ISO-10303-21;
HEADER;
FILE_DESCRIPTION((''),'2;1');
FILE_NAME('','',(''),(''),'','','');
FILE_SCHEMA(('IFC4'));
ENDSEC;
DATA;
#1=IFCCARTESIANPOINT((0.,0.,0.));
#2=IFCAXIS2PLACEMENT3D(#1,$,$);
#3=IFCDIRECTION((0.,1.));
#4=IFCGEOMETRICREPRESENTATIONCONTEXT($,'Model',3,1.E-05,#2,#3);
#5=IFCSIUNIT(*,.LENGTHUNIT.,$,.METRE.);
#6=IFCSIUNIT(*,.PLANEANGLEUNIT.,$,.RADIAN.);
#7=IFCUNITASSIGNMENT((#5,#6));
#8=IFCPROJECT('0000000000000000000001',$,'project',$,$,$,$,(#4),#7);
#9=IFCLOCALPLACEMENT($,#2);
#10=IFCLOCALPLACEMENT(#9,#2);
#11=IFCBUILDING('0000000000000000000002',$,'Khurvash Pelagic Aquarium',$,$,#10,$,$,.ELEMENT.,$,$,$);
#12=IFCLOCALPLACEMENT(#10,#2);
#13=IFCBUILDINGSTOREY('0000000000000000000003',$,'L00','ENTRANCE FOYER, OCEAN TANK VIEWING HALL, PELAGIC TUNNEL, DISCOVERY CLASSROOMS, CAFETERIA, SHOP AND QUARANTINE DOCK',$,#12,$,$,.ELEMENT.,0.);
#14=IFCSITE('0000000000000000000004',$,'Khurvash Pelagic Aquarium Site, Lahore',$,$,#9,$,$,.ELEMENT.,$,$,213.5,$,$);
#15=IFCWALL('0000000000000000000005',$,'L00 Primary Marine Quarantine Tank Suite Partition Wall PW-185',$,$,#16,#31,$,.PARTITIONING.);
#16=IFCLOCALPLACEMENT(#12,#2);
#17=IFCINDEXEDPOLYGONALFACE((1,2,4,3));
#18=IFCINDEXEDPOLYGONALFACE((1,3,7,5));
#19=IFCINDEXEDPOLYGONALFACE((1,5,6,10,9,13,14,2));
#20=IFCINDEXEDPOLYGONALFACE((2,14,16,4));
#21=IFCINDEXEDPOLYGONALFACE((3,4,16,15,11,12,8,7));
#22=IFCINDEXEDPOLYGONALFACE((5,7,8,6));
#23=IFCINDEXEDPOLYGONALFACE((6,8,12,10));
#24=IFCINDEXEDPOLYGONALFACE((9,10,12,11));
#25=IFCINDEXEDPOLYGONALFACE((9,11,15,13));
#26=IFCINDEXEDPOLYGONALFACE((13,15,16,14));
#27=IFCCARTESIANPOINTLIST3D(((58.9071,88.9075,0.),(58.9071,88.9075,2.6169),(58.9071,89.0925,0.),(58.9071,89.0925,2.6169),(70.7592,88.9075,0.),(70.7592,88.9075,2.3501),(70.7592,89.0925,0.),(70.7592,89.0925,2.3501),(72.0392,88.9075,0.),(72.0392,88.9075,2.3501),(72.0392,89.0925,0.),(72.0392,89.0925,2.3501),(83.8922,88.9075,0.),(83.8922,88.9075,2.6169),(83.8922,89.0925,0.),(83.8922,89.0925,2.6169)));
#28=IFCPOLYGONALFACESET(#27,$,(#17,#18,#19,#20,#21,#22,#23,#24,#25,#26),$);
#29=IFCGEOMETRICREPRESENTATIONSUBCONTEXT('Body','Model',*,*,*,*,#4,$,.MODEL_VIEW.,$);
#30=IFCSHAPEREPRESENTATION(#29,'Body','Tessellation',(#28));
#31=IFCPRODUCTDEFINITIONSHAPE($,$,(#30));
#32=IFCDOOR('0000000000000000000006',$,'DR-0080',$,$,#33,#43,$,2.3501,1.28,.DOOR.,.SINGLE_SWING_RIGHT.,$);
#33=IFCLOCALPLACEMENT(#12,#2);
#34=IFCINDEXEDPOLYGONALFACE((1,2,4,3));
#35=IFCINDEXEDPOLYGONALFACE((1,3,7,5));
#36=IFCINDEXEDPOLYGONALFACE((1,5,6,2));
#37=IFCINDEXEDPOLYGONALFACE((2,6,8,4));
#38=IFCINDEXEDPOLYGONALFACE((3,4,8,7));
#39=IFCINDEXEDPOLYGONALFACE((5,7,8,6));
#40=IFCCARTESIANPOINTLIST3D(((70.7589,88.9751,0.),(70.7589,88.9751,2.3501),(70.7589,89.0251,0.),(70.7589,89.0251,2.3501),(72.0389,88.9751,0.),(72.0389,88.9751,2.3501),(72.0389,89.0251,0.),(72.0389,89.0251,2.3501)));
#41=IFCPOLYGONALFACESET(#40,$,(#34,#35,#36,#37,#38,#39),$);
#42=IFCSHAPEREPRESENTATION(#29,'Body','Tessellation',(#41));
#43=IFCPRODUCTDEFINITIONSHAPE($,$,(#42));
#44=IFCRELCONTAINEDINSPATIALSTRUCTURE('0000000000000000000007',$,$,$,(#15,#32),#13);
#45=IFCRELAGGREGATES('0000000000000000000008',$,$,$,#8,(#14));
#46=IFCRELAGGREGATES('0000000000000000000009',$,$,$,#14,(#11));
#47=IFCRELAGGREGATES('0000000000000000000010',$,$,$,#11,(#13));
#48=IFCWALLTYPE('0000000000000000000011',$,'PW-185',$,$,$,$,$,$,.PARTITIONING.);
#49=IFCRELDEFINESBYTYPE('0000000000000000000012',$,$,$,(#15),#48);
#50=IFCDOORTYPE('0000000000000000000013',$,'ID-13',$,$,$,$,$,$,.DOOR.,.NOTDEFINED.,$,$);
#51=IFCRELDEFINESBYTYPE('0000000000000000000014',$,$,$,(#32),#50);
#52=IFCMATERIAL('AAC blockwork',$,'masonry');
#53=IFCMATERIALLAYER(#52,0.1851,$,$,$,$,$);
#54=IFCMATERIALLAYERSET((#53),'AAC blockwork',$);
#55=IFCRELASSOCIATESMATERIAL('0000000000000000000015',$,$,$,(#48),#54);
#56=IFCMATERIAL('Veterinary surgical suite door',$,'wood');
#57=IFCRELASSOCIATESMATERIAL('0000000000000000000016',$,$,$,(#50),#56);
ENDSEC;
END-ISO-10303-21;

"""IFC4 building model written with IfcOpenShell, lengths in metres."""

from ifc_helpers import new_model, si_unit, direction, frame, frame_2d, origin, place, context, subcontext, project, spatial, rectangle, extrude, material, layer, layer_set, type_object, element, fill, save


model = new_model("IFC4")

# Units and contexts
model_context = context("Model", 3, precision=1e-05, world=origin(), true_north=direction((0.0, 1.0)))
body_context = subcontext(model_context, "Body", "Model", "MODEL_VIEW")
ifc_project = project(units=[si_unit("LENGTHUNIT", "METRE"), si_unit("PLANEANGLEUNIT", "RADIAN")], contexts=[model_context])

# Site, building, storey
site_placement = place(None, origin())
site = spatial("IfcSite", under=ifc_project, at=site_placement, Name="Khurvash Pelagic Aquarium Site, Lahore", CompositionType="ELEMENT", RefElevation=213.5)
building_placement = place(site_placement, origin())
building = spatial("IfcBuilding", under=site, at=building_placement, Name="Khurvash Pelagic Aquarium", CompositionType="ELEMENT")
storey_placement = place(building_placement, origin())
storey = spatial("IfcBuildingStorey", under=building, at=storey_placement, Name="L00", Description="ENTRANCE FOYER, OCEAN TANK VIEWING HALL, PELAGIC TUNNEL, DISCOVERY CLASSROOMS, CAFETERIA, SHOP AND QUARANTINE DOCK", CompositionType="ELEMENT", Elevation=0.0)

# Wall, opening, door
ifc_material_1 = material(Name="AAC blockwork", Category="masonry")
ifc_layer_1 = layer(ifc_material_1, 0.1851)
ifc_layer_set_1 = layer_set([ifc_layer_1], Name="AAC blockwork")
wall_type = type_object("IfcWallType", Name="PW-185", PredefinedType="PARTITIONING", material=ifc_layer_set_1)
wall_placement = place(storey_placement, frame((58.907, 89.0, 0.0), z_axis=(0.0, 0.0, 1.0), x_axis=(1.0, 0.0, 0.0)))
wall = element("IfcWall", 1, at=wall_placement, inside=storey, type_object=wall_type, Name="L00 Primary Marine Quarantine Tank Suite Partition Wall PW-185", PredefinedType="PARTITIONING", context=body_context, shape_type="SweptSolid", body=[
    extrude(rectangle(XDim=24.9851, YDim=0.1851, at=frame_2d((12.4927, 0.0))), origin(), (0.0, 0.0, 1.0), 2.6169),
])
opening_placement = place(wall_placement, frame((11.8521, 0.0, 0.0)))
opening = element("IfcOpeningElement", 2, at=opening_placement, cuts=wall, PredefinedType="OPENING", context=body_context, shape_type="SweptSolid", body=[
    extrude(rectangle(XDim=1.28, YDim=2.3501, at=frame_2d((0.6401, 1.175))), frame((0.0, 0.1025, 0.0), z_axis=(0.0, -1.0, 0.0), x_axis=(1.0, 0.0, 0.0)), (0.0, 0.0, 1.0), 0.2051),
])
ifc_material_2 = material(Name="Veterinary surgical suite door", Category="wood")
door_type = type_object("IfcDoorType", Name="ID-13", OperationType="NOTDEFINED", PredefinedType="DOOR", material=ifc_material_2)
door_placement = place(opening_placement, frame((1.28, 0.0, 0.0), z_axis=(0.0, 0.0, 1.0), x_axis=(-1.0, 0.0, 0.0)))
door = element("IfcDoor", 3, at=door_placement, inside=storey, type_object=door_type, Name="DR-0080", OperationType="SINGLE_SWING_RIGHT", OverallHeight=2.3501, OverallWidth=1.28, PredefinedType="DOOR", context=body_context, shape_type="SweptSolid", body=[
    extrude(rectangle(XDim=1.28, YDim=2.3501, at=frame_2d((0.6401, 1.175))), frame((0.0, 0.0249, 0.0), z_axis=(0.0, -1.0, 0.0), x_axis=(1.0, 0.0, 0.0)), (0.0, 0.0, 1.0), 0.05),
])
fill(opening, door)

save(model, "model.ifc")
